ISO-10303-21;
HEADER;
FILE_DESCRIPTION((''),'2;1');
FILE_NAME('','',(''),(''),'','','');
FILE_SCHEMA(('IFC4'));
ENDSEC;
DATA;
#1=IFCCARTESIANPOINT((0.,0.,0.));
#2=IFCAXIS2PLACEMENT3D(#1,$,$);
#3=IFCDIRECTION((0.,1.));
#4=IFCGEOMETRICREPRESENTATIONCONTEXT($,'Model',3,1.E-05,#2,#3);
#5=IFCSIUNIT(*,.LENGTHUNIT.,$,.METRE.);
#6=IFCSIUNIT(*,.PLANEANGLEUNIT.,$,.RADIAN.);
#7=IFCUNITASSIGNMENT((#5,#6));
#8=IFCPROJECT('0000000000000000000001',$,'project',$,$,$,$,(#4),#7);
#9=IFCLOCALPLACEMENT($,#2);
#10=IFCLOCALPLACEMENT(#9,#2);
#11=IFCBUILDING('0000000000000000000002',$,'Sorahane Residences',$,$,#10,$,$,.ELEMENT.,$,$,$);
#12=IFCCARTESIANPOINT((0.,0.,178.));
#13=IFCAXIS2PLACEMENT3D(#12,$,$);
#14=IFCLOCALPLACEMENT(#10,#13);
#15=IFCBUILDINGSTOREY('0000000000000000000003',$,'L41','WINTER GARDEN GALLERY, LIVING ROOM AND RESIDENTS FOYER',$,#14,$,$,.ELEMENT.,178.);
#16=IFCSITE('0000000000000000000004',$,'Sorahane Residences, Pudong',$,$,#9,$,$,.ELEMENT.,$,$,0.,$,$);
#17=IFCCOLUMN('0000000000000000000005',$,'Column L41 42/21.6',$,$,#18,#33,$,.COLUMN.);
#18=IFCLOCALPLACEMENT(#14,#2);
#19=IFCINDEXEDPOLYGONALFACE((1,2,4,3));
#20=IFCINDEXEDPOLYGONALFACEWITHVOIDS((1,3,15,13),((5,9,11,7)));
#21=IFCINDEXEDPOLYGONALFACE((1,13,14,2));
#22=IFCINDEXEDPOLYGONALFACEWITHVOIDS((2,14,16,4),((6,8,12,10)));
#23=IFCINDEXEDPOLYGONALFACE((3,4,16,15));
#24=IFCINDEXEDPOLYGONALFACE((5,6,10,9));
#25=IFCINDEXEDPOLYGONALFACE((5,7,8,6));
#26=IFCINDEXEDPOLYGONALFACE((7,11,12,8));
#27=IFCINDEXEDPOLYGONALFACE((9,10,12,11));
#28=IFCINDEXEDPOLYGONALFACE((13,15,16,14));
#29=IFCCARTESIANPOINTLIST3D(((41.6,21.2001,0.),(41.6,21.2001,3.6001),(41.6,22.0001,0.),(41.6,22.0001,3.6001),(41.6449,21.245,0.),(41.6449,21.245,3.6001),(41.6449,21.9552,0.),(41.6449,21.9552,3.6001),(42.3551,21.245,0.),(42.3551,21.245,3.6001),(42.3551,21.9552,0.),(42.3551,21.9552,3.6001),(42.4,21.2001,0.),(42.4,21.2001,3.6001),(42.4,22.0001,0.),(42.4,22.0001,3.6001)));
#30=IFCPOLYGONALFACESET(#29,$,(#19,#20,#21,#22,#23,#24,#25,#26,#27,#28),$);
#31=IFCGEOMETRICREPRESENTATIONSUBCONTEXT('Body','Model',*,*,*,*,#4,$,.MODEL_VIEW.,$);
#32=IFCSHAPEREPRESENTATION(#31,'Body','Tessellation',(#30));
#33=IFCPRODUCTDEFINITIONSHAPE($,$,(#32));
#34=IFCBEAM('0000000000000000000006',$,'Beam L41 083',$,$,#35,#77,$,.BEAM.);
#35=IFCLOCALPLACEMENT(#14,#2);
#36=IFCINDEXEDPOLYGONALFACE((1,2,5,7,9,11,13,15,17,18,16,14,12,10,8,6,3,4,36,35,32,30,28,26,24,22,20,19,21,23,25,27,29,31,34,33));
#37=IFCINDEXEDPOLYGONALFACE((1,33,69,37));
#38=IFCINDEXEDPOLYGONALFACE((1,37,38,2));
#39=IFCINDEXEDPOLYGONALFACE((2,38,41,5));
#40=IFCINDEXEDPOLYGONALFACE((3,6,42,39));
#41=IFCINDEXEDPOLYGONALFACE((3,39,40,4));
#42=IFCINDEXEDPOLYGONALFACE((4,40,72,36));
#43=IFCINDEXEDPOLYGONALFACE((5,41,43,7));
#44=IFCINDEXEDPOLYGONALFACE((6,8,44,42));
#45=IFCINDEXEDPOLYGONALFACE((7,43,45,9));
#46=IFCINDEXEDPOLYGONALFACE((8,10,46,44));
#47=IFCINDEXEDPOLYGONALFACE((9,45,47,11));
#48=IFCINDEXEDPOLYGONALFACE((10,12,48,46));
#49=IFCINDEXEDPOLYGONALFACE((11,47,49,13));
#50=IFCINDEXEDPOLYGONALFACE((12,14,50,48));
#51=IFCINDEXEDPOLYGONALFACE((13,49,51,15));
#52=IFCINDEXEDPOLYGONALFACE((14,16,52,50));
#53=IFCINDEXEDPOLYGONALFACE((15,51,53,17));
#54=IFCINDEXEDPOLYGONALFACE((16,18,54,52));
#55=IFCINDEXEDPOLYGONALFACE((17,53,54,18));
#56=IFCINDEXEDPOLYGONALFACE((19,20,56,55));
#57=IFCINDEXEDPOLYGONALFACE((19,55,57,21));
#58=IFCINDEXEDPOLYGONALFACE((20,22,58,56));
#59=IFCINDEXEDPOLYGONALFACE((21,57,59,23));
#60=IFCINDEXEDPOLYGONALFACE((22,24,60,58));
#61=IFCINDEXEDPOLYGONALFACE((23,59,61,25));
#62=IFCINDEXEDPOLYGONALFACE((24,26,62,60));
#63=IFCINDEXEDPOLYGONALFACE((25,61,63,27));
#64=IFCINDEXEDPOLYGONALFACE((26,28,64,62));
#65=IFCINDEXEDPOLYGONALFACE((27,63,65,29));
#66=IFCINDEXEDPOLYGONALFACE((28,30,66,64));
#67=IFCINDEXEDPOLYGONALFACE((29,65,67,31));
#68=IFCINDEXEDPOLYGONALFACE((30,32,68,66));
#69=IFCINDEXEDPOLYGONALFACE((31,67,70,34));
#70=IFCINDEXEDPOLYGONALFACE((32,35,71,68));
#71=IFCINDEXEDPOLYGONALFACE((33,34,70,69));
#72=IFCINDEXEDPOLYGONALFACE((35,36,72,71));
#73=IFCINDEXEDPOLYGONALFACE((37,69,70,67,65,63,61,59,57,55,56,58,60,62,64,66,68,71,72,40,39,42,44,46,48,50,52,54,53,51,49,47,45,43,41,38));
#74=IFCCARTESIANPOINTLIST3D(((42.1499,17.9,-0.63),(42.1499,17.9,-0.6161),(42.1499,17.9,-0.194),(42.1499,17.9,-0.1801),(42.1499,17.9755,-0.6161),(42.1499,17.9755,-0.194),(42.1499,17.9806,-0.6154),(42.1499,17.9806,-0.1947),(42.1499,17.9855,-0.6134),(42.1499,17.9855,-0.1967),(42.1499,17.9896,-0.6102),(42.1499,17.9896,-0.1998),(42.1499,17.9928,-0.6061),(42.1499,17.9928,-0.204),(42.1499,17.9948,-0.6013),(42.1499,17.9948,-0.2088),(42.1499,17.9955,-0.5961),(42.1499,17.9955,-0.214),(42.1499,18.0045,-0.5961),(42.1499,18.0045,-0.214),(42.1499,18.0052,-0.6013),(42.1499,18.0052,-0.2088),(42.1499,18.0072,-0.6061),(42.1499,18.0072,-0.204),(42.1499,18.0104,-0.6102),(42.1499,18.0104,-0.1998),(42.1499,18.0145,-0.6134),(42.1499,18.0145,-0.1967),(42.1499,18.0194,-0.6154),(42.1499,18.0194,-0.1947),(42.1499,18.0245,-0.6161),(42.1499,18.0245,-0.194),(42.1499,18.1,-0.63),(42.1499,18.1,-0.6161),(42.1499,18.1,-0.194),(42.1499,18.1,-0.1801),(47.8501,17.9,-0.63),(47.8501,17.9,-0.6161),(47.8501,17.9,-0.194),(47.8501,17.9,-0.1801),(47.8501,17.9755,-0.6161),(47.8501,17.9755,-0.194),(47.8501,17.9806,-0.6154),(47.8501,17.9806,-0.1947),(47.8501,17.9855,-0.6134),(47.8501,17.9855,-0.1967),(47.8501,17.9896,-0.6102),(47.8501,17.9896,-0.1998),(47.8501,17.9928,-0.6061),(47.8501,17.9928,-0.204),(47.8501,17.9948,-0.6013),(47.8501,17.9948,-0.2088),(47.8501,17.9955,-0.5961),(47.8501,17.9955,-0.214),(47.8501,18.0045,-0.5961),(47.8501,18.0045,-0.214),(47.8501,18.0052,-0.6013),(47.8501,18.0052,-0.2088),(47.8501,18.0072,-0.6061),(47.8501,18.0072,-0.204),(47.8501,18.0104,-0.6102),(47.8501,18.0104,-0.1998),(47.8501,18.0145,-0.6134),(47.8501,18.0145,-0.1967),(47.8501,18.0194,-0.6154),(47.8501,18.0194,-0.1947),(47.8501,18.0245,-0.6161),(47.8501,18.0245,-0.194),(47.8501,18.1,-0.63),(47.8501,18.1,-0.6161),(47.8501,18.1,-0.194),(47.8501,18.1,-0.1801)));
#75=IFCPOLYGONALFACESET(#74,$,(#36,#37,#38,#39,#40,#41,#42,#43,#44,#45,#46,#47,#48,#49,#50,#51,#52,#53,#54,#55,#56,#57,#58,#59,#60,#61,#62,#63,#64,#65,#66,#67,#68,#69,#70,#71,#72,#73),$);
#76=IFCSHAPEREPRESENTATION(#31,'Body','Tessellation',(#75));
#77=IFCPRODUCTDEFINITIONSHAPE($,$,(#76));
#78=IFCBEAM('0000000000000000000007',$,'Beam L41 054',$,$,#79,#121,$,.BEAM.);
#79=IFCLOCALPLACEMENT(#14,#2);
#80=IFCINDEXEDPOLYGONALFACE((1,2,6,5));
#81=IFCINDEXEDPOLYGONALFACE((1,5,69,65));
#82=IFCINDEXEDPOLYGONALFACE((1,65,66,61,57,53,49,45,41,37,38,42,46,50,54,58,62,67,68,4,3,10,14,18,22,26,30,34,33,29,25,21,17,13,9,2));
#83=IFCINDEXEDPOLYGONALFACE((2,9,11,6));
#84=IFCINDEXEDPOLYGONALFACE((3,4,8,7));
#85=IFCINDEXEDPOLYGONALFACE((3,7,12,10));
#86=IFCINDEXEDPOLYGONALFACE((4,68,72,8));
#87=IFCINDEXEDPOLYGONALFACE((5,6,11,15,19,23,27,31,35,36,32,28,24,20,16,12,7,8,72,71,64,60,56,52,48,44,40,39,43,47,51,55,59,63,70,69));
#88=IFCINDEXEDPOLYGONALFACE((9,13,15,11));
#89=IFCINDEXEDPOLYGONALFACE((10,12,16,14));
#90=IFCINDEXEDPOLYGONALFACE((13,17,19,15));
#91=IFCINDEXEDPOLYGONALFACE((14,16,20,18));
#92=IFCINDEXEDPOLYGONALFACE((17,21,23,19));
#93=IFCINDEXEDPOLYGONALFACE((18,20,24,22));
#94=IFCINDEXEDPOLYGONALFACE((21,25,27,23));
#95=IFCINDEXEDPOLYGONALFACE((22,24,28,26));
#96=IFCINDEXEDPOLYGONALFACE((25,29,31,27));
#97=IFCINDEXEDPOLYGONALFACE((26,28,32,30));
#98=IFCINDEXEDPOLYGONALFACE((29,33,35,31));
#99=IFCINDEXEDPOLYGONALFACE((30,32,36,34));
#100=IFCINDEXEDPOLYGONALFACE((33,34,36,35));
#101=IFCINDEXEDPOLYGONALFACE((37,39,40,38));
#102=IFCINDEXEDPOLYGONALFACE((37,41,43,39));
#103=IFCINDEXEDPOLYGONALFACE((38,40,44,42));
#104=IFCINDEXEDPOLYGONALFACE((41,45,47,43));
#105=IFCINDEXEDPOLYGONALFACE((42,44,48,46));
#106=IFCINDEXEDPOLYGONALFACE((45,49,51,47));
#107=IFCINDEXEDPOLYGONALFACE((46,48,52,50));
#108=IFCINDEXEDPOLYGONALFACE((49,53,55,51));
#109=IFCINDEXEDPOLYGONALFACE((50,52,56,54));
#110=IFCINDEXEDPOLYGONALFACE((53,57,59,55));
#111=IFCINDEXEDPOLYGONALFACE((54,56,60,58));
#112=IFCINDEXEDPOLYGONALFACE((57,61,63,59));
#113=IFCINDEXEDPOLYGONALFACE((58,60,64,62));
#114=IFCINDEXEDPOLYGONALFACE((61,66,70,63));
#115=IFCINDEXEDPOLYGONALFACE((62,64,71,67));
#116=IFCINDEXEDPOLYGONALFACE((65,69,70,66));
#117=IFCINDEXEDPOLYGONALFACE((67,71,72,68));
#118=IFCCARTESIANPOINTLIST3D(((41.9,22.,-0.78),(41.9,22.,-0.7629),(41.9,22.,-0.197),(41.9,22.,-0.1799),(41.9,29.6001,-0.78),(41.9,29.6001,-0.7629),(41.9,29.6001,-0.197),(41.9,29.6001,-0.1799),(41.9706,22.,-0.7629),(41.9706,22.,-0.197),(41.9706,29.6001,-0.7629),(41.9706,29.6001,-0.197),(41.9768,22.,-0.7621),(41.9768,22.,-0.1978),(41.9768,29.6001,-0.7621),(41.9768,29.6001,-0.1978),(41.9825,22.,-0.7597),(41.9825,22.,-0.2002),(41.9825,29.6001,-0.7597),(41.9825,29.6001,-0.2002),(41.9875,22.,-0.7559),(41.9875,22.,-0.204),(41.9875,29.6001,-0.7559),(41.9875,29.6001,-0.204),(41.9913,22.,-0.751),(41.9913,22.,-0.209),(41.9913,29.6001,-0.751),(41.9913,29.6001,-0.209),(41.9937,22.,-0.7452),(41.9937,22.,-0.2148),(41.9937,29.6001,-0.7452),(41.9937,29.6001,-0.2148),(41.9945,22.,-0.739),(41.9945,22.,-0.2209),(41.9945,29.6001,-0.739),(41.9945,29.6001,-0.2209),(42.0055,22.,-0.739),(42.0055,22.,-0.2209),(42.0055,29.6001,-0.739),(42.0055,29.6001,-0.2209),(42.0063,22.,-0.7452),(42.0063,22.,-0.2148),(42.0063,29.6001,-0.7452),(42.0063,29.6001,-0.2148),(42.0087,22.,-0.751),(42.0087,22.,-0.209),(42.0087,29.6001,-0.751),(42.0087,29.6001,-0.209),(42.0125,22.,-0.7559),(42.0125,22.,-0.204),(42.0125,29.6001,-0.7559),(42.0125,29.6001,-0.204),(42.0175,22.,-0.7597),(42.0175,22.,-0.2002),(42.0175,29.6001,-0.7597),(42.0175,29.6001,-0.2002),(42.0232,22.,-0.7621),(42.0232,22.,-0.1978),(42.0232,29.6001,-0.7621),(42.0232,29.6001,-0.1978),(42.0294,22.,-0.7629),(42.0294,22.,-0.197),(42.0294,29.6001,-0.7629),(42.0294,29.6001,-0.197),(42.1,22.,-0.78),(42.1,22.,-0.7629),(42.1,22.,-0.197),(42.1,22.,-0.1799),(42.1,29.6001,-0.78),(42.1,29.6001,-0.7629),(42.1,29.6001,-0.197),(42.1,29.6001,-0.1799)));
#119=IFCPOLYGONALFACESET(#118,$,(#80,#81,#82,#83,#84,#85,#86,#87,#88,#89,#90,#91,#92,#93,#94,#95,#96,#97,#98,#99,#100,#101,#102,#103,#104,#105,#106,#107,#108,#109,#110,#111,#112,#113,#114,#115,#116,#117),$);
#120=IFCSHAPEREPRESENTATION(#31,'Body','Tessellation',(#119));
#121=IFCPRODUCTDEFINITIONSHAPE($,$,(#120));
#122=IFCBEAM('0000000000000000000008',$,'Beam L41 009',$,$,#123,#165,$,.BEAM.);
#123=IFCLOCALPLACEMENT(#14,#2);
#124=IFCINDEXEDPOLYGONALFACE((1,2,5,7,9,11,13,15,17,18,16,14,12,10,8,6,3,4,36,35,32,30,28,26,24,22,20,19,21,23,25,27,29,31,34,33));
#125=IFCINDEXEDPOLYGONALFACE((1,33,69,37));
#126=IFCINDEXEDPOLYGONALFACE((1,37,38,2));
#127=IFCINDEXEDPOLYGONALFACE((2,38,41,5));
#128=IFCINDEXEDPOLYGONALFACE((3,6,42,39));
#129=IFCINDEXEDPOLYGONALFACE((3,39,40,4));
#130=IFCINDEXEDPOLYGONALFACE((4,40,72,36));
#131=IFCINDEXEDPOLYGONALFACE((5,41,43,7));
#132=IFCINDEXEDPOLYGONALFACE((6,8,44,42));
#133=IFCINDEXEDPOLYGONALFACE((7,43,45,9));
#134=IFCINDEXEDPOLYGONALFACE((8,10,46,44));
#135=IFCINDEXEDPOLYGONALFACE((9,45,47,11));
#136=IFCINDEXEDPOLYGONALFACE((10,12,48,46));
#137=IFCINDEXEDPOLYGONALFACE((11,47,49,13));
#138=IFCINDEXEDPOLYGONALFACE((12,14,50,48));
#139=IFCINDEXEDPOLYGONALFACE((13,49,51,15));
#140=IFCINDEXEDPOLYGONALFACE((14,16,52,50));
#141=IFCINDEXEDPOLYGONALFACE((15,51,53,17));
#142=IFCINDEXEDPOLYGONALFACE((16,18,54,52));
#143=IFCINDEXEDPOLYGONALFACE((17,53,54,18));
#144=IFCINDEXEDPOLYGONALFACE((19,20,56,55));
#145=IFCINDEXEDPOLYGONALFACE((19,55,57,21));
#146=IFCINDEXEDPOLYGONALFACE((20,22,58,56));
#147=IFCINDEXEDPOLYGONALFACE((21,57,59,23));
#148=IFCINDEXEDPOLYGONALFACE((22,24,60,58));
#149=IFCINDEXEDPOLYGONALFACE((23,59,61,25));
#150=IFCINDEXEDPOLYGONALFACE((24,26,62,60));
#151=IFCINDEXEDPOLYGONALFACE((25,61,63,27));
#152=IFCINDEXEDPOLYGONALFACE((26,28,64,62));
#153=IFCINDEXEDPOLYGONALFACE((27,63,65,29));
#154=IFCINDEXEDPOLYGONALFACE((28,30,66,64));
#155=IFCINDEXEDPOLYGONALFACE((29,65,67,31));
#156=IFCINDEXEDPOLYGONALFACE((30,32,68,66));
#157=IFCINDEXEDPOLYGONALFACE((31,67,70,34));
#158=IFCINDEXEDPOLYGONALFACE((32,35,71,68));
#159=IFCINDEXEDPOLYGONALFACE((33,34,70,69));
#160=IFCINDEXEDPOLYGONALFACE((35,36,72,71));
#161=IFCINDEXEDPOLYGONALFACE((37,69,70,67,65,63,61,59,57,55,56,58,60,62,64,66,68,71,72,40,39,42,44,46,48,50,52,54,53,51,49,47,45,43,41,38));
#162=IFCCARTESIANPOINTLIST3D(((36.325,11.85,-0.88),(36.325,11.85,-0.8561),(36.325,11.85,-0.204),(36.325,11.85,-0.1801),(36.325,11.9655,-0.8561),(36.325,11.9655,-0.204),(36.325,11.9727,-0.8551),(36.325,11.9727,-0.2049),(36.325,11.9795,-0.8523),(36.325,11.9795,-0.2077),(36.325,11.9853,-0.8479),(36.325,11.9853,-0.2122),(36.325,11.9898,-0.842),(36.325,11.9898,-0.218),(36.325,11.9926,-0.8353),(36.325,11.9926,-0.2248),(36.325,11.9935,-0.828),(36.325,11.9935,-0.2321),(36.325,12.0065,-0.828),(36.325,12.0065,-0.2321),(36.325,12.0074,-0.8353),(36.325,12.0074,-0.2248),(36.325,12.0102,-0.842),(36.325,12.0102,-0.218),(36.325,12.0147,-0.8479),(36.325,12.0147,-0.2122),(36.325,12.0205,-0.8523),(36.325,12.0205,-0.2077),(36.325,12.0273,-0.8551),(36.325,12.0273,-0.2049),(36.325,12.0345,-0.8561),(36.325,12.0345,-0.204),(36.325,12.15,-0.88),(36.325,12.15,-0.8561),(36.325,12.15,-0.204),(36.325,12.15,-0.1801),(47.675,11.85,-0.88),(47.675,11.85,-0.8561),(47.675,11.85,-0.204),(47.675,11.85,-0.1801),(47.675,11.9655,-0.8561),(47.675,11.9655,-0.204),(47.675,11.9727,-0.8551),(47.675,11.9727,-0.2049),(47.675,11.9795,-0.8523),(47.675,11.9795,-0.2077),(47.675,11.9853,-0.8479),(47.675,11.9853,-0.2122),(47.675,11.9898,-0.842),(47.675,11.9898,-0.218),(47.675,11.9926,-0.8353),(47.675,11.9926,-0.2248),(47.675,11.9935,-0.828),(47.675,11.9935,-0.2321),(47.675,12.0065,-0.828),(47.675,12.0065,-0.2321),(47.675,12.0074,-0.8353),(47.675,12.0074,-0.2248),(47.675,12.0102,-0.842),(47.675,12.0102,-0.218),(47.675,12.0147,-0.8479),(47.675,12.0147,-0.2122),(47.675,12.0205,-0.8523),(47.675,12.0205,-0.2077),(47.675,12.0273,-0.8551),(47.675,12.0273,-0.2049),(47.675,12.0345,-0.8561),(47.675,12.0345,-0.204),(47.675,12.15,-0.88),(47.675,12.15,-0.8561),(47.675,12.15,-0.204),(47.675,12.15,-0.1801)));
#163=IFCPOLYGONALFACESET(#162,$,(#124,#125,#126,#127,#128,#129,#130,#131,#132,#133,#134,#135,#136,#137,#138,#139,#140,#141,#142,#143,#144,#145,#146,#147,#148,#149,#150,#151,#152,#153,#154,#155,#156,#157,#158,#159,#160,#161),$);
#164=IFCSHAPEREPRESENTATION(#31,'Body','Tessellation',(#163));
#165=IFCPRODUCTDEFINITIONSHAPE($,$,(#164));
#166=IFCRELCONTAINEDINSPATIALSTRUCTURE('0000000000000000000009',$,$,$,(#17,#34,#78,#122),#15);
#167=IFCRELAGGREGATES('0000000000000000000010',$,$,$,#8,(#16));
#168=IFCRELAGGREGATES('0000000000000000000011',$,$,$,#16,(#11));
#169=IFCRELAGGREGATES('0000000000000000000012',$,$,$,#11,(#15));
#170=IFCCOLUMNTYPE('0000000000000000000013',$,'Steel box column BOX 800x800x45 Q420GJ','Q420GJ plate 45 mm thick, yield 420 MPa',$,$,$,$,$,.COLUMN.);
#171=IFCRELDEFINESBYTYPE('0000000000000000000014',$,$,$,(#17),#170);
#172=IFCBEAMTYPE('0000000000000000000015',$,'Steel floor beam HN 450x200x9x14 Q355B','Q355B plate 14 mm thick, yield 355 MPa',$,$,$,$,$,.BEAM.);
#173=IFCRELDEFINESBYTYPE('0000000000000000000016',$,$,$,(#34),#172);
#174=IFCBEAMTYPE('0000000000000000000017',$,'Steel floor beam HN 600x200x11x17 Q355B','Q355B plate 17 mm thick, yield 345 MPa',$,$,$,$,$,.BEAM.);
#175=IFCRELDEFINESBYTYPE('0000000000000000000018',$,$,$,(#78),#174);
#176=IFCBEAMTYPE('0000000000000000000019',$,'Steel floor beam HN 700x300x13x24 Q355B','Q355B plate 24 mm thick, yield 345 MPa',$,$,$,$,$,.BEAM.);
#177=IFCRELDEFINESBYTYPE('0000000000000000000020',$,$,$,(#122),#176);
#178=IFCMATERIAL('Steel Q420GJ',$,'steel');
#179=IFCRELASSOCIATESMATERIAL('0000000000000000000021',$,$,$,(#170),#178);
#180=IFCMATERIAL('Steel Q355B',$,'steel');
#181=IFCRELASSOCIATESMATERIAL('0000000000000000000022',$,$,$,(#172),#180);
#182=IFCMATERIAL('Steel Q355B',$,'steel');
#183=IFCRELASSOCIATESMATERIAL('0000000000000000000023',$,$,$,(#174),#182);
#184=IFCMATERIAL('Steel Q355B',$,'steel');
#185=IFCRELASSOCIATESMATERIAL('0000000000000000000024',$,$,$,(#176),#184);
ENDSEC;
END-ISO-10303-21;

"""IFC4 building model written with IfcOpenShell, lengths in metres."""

from ifc_helpers import new_model, si_unit, direction, frame, origin, origin_2d, place, context, subcontext, project, spatial, hollow_rectangle, i_section, extrude, material, material_profile, profile_set, type_object, element, save


model = new_model("IFC4")

# Units and contexts
model_context = context("Model", 3, precision=1e-05, world=origin(), true_north=direction((0.0, 1.0)))
body_context = subcontext(model_context, "Body", "Model", "MODEL_VIEW")
ifc_project = project(units=[si_unit("LENGTHUNIT", "METRE"), si_unit("PLANEANGLEUNIT", "RADIAN")], contexts=[model_context])

# Site, building, storey
site_placement = place(None, origin())
site = spatial("IfcSite", under=ifc_project, at=site_placement, Name="Sorahane Residences, Pudong", CompositionType="ELEMENT", RefElevation=0.0)
building_placement = place(site_placement, origin())
building = spatial("IfcBuilding", under=site, at=building_placement, Name="Sorahane Residences", CompositionType="ELEMENT")
storey_placement = place(building_placement, frame((0.0, 0.0, 178.0)))
storey = spatial("IfcBuildingStorey", under=building, at=storey_placement, Name="L41", Description="WINTER GARDEN GALLERY, LIVING ROOM AND RESIDENTS FOYER", CompositionType="ELEMENT", Elevation=178.0)

# Column
ifc_material_1 = material(Name="Steel Q420GJ", Category="steel")
ifc_material_profile_1 = material_profile(ifc_material_1, hollow_rectangle(XDim=0.8, YDim=0.8, WallThickness=0.0449, at=origin_2d()), Name="BOX 800x800x45")
ifc_profile_set_1 = profile_set([ifc_material_profile_1], Name="Steel Q420GJ")
column_type = type_object("IfcColumnType", Name="Steel box column BOX 800x800x45 Q420GJ", Description="Q420GJ plate 45 mm thick, yield 420 MPa", PredefinedType="COLUMN", material=ifc_profile_set_1)
column_placement = place(storey_placement, frame((42.0, 21.6001, 0.0), z_axis=(0.0, 0.0, 1.0), x_axis=(1.0, 0.0, 0.0)))
element("IfcColumn", 1, at=column_placement, inside=storey, type_object=column_type, Name="Column L41 42/21.6", PredefinedType="COLUMN", context=body_context, shape_type="SweptSolid", body=[
    extrude(hollow_rectangle(XDim=0.8, YDim=0.8, WallThickness=0.0449, at=origin_2d()), origin(), (0.0, 0.0, 1.0), 3.6001),
])

# Beams
ifc_material_2 = material(Name="Steel Q355B", Category="steel")
ifc_material_profile_2 = material_profile(ifc_material_2, i_section(OverallWidth=0.2, OverallDepth=0.45, WebThickness=0.009, FlangeThickness=0.0139, FilletRadius=0.02, at=origin_2d()), Name="HN 450x200x9x14")
ifc_profile_set_2 = profile_set([ifc_material_profile_2], Name="Steel Q355B")
beam_type_1 = type_object("IfcBeamType", Name="Steel floor beam HN 450x200x9x14 Q355B", Description="Q355B plate 14 mm thick, yield 355 MPa", PredefinedType="BEAM", material=ifc_profile_set_2)
beam_1_placement = place(storey_placement, frame((42.1499, 18.0, -0.405), z_axis=(1.0, 0.0, 0.0), x_axis=(0.0, 1.0, 0.0)))
element("IfcBeam", 2, at=beam_1_placement, inside=storey, type_object=beam_type_1, Name="Beam L41 083", PredefinedType="BEAM", context=body_context, shape_type="SweptSolid", body=[
    extrude(i_section(OverallWidth=0.2, OverallDepth=0.45, WebThickness=0.009, FlangeThickness=0.0139, FilletRadius=0.02, at=origin_2d()), origin(), (0.0, 0.0, 1.0), 5.7002),
])
ifc_material_3 = material(Name="Steel Q355B", Category="steel")
ifc_material_profile_3 = material_profile(ifc_material_3, i_section(OverallWidth=0.2, OverallDepth=0.6001, WebThickness=0.011, FlangeThickness=0.0171, FilletRadius=0.0239, at=origin_2d()), Name="HN 600x200x11x17")
ifc_profile_set_3 = profile_set([ifc_material_profile_3], Name="Steel Q355B")
beam_type_2 = type_object("IfcBeamType", Name="Steel floor beam HN 600x200x11x17 Q355B", Description="Q355B plate 17 mm thick, yield 345 MPa", PredefinedType="BEAM", material=ifc_profile_set_3)
beam_2_placement = place(storey_placement, frame((42.0, 22.0, -0.48), z_axis=(0.0, 1.0, 0.0), x_axis=(-1.0, 0.0, 0.0)))
element("IfcBeam", 3, at=beam_2_placement, inside=storey, type_object=beam_type_2, Name="Beam L41 054", PredefinedType="BEAM", context=body_context, shape_type="SweptSolid", body=[
    extrude(i_section(OverallWidth=0.2, OverallDepth=0.6001, WebThickness=0.011, FlangeThickness=0.0171, FilletRadius=0.0239, at=origin_2d()), origin(), (0.0, 0.0, 1.0), 7.6001),
])
ifc_material_4 = material(Name="Steel Q355B", Category="steel")
ifc_material_profile_4 = material_profile(ifc_material_4, i_section(OverallWidth=0.3, OverallDepth=0.7, WebThickness=0.0129, FlangeThickness=0.0239, FilletRadius=0.0281, at=origin_2d()), Name="HN 700x300x13x24")
ifc_profile_set_4 = profile_set([ifc_material_profile_4], Name="Steel Q355B")
beam_type_3 = type_object("IfcBeamType", Name="Steel floor beam HN 700x300x13x24 Q355B", Description="Q355B plate 24 mm thick, yield 345 MPa", PredefinedType="BEAM", material=ifc_profile_set_4)
beam_3_placement = place(storey_placement, frame((36.325, 12.0, -0.53), z_axis=(1.0, 0.0, 0.0), x_axis=(0.0, 1.0, 0.0)))
element("IfcBeam", 4, at=beam_3_placement, inside=storey, type_object=beam_type_3, Name="Beam L41 009", PredefinedType="BEAM", context=body_context, shape_type="SweptSolid", body=[
    extrude(i_section(OverallWidth=0.3, OverallDepth=0.7, WebThickness=0.0129, FlangeThickness=0.0239, FilletRadius=0.0281, at=origin_2d()), origin(), (0.0, 0.0, 1.0), 11.3501),
])

save(model, "model.ifc")
